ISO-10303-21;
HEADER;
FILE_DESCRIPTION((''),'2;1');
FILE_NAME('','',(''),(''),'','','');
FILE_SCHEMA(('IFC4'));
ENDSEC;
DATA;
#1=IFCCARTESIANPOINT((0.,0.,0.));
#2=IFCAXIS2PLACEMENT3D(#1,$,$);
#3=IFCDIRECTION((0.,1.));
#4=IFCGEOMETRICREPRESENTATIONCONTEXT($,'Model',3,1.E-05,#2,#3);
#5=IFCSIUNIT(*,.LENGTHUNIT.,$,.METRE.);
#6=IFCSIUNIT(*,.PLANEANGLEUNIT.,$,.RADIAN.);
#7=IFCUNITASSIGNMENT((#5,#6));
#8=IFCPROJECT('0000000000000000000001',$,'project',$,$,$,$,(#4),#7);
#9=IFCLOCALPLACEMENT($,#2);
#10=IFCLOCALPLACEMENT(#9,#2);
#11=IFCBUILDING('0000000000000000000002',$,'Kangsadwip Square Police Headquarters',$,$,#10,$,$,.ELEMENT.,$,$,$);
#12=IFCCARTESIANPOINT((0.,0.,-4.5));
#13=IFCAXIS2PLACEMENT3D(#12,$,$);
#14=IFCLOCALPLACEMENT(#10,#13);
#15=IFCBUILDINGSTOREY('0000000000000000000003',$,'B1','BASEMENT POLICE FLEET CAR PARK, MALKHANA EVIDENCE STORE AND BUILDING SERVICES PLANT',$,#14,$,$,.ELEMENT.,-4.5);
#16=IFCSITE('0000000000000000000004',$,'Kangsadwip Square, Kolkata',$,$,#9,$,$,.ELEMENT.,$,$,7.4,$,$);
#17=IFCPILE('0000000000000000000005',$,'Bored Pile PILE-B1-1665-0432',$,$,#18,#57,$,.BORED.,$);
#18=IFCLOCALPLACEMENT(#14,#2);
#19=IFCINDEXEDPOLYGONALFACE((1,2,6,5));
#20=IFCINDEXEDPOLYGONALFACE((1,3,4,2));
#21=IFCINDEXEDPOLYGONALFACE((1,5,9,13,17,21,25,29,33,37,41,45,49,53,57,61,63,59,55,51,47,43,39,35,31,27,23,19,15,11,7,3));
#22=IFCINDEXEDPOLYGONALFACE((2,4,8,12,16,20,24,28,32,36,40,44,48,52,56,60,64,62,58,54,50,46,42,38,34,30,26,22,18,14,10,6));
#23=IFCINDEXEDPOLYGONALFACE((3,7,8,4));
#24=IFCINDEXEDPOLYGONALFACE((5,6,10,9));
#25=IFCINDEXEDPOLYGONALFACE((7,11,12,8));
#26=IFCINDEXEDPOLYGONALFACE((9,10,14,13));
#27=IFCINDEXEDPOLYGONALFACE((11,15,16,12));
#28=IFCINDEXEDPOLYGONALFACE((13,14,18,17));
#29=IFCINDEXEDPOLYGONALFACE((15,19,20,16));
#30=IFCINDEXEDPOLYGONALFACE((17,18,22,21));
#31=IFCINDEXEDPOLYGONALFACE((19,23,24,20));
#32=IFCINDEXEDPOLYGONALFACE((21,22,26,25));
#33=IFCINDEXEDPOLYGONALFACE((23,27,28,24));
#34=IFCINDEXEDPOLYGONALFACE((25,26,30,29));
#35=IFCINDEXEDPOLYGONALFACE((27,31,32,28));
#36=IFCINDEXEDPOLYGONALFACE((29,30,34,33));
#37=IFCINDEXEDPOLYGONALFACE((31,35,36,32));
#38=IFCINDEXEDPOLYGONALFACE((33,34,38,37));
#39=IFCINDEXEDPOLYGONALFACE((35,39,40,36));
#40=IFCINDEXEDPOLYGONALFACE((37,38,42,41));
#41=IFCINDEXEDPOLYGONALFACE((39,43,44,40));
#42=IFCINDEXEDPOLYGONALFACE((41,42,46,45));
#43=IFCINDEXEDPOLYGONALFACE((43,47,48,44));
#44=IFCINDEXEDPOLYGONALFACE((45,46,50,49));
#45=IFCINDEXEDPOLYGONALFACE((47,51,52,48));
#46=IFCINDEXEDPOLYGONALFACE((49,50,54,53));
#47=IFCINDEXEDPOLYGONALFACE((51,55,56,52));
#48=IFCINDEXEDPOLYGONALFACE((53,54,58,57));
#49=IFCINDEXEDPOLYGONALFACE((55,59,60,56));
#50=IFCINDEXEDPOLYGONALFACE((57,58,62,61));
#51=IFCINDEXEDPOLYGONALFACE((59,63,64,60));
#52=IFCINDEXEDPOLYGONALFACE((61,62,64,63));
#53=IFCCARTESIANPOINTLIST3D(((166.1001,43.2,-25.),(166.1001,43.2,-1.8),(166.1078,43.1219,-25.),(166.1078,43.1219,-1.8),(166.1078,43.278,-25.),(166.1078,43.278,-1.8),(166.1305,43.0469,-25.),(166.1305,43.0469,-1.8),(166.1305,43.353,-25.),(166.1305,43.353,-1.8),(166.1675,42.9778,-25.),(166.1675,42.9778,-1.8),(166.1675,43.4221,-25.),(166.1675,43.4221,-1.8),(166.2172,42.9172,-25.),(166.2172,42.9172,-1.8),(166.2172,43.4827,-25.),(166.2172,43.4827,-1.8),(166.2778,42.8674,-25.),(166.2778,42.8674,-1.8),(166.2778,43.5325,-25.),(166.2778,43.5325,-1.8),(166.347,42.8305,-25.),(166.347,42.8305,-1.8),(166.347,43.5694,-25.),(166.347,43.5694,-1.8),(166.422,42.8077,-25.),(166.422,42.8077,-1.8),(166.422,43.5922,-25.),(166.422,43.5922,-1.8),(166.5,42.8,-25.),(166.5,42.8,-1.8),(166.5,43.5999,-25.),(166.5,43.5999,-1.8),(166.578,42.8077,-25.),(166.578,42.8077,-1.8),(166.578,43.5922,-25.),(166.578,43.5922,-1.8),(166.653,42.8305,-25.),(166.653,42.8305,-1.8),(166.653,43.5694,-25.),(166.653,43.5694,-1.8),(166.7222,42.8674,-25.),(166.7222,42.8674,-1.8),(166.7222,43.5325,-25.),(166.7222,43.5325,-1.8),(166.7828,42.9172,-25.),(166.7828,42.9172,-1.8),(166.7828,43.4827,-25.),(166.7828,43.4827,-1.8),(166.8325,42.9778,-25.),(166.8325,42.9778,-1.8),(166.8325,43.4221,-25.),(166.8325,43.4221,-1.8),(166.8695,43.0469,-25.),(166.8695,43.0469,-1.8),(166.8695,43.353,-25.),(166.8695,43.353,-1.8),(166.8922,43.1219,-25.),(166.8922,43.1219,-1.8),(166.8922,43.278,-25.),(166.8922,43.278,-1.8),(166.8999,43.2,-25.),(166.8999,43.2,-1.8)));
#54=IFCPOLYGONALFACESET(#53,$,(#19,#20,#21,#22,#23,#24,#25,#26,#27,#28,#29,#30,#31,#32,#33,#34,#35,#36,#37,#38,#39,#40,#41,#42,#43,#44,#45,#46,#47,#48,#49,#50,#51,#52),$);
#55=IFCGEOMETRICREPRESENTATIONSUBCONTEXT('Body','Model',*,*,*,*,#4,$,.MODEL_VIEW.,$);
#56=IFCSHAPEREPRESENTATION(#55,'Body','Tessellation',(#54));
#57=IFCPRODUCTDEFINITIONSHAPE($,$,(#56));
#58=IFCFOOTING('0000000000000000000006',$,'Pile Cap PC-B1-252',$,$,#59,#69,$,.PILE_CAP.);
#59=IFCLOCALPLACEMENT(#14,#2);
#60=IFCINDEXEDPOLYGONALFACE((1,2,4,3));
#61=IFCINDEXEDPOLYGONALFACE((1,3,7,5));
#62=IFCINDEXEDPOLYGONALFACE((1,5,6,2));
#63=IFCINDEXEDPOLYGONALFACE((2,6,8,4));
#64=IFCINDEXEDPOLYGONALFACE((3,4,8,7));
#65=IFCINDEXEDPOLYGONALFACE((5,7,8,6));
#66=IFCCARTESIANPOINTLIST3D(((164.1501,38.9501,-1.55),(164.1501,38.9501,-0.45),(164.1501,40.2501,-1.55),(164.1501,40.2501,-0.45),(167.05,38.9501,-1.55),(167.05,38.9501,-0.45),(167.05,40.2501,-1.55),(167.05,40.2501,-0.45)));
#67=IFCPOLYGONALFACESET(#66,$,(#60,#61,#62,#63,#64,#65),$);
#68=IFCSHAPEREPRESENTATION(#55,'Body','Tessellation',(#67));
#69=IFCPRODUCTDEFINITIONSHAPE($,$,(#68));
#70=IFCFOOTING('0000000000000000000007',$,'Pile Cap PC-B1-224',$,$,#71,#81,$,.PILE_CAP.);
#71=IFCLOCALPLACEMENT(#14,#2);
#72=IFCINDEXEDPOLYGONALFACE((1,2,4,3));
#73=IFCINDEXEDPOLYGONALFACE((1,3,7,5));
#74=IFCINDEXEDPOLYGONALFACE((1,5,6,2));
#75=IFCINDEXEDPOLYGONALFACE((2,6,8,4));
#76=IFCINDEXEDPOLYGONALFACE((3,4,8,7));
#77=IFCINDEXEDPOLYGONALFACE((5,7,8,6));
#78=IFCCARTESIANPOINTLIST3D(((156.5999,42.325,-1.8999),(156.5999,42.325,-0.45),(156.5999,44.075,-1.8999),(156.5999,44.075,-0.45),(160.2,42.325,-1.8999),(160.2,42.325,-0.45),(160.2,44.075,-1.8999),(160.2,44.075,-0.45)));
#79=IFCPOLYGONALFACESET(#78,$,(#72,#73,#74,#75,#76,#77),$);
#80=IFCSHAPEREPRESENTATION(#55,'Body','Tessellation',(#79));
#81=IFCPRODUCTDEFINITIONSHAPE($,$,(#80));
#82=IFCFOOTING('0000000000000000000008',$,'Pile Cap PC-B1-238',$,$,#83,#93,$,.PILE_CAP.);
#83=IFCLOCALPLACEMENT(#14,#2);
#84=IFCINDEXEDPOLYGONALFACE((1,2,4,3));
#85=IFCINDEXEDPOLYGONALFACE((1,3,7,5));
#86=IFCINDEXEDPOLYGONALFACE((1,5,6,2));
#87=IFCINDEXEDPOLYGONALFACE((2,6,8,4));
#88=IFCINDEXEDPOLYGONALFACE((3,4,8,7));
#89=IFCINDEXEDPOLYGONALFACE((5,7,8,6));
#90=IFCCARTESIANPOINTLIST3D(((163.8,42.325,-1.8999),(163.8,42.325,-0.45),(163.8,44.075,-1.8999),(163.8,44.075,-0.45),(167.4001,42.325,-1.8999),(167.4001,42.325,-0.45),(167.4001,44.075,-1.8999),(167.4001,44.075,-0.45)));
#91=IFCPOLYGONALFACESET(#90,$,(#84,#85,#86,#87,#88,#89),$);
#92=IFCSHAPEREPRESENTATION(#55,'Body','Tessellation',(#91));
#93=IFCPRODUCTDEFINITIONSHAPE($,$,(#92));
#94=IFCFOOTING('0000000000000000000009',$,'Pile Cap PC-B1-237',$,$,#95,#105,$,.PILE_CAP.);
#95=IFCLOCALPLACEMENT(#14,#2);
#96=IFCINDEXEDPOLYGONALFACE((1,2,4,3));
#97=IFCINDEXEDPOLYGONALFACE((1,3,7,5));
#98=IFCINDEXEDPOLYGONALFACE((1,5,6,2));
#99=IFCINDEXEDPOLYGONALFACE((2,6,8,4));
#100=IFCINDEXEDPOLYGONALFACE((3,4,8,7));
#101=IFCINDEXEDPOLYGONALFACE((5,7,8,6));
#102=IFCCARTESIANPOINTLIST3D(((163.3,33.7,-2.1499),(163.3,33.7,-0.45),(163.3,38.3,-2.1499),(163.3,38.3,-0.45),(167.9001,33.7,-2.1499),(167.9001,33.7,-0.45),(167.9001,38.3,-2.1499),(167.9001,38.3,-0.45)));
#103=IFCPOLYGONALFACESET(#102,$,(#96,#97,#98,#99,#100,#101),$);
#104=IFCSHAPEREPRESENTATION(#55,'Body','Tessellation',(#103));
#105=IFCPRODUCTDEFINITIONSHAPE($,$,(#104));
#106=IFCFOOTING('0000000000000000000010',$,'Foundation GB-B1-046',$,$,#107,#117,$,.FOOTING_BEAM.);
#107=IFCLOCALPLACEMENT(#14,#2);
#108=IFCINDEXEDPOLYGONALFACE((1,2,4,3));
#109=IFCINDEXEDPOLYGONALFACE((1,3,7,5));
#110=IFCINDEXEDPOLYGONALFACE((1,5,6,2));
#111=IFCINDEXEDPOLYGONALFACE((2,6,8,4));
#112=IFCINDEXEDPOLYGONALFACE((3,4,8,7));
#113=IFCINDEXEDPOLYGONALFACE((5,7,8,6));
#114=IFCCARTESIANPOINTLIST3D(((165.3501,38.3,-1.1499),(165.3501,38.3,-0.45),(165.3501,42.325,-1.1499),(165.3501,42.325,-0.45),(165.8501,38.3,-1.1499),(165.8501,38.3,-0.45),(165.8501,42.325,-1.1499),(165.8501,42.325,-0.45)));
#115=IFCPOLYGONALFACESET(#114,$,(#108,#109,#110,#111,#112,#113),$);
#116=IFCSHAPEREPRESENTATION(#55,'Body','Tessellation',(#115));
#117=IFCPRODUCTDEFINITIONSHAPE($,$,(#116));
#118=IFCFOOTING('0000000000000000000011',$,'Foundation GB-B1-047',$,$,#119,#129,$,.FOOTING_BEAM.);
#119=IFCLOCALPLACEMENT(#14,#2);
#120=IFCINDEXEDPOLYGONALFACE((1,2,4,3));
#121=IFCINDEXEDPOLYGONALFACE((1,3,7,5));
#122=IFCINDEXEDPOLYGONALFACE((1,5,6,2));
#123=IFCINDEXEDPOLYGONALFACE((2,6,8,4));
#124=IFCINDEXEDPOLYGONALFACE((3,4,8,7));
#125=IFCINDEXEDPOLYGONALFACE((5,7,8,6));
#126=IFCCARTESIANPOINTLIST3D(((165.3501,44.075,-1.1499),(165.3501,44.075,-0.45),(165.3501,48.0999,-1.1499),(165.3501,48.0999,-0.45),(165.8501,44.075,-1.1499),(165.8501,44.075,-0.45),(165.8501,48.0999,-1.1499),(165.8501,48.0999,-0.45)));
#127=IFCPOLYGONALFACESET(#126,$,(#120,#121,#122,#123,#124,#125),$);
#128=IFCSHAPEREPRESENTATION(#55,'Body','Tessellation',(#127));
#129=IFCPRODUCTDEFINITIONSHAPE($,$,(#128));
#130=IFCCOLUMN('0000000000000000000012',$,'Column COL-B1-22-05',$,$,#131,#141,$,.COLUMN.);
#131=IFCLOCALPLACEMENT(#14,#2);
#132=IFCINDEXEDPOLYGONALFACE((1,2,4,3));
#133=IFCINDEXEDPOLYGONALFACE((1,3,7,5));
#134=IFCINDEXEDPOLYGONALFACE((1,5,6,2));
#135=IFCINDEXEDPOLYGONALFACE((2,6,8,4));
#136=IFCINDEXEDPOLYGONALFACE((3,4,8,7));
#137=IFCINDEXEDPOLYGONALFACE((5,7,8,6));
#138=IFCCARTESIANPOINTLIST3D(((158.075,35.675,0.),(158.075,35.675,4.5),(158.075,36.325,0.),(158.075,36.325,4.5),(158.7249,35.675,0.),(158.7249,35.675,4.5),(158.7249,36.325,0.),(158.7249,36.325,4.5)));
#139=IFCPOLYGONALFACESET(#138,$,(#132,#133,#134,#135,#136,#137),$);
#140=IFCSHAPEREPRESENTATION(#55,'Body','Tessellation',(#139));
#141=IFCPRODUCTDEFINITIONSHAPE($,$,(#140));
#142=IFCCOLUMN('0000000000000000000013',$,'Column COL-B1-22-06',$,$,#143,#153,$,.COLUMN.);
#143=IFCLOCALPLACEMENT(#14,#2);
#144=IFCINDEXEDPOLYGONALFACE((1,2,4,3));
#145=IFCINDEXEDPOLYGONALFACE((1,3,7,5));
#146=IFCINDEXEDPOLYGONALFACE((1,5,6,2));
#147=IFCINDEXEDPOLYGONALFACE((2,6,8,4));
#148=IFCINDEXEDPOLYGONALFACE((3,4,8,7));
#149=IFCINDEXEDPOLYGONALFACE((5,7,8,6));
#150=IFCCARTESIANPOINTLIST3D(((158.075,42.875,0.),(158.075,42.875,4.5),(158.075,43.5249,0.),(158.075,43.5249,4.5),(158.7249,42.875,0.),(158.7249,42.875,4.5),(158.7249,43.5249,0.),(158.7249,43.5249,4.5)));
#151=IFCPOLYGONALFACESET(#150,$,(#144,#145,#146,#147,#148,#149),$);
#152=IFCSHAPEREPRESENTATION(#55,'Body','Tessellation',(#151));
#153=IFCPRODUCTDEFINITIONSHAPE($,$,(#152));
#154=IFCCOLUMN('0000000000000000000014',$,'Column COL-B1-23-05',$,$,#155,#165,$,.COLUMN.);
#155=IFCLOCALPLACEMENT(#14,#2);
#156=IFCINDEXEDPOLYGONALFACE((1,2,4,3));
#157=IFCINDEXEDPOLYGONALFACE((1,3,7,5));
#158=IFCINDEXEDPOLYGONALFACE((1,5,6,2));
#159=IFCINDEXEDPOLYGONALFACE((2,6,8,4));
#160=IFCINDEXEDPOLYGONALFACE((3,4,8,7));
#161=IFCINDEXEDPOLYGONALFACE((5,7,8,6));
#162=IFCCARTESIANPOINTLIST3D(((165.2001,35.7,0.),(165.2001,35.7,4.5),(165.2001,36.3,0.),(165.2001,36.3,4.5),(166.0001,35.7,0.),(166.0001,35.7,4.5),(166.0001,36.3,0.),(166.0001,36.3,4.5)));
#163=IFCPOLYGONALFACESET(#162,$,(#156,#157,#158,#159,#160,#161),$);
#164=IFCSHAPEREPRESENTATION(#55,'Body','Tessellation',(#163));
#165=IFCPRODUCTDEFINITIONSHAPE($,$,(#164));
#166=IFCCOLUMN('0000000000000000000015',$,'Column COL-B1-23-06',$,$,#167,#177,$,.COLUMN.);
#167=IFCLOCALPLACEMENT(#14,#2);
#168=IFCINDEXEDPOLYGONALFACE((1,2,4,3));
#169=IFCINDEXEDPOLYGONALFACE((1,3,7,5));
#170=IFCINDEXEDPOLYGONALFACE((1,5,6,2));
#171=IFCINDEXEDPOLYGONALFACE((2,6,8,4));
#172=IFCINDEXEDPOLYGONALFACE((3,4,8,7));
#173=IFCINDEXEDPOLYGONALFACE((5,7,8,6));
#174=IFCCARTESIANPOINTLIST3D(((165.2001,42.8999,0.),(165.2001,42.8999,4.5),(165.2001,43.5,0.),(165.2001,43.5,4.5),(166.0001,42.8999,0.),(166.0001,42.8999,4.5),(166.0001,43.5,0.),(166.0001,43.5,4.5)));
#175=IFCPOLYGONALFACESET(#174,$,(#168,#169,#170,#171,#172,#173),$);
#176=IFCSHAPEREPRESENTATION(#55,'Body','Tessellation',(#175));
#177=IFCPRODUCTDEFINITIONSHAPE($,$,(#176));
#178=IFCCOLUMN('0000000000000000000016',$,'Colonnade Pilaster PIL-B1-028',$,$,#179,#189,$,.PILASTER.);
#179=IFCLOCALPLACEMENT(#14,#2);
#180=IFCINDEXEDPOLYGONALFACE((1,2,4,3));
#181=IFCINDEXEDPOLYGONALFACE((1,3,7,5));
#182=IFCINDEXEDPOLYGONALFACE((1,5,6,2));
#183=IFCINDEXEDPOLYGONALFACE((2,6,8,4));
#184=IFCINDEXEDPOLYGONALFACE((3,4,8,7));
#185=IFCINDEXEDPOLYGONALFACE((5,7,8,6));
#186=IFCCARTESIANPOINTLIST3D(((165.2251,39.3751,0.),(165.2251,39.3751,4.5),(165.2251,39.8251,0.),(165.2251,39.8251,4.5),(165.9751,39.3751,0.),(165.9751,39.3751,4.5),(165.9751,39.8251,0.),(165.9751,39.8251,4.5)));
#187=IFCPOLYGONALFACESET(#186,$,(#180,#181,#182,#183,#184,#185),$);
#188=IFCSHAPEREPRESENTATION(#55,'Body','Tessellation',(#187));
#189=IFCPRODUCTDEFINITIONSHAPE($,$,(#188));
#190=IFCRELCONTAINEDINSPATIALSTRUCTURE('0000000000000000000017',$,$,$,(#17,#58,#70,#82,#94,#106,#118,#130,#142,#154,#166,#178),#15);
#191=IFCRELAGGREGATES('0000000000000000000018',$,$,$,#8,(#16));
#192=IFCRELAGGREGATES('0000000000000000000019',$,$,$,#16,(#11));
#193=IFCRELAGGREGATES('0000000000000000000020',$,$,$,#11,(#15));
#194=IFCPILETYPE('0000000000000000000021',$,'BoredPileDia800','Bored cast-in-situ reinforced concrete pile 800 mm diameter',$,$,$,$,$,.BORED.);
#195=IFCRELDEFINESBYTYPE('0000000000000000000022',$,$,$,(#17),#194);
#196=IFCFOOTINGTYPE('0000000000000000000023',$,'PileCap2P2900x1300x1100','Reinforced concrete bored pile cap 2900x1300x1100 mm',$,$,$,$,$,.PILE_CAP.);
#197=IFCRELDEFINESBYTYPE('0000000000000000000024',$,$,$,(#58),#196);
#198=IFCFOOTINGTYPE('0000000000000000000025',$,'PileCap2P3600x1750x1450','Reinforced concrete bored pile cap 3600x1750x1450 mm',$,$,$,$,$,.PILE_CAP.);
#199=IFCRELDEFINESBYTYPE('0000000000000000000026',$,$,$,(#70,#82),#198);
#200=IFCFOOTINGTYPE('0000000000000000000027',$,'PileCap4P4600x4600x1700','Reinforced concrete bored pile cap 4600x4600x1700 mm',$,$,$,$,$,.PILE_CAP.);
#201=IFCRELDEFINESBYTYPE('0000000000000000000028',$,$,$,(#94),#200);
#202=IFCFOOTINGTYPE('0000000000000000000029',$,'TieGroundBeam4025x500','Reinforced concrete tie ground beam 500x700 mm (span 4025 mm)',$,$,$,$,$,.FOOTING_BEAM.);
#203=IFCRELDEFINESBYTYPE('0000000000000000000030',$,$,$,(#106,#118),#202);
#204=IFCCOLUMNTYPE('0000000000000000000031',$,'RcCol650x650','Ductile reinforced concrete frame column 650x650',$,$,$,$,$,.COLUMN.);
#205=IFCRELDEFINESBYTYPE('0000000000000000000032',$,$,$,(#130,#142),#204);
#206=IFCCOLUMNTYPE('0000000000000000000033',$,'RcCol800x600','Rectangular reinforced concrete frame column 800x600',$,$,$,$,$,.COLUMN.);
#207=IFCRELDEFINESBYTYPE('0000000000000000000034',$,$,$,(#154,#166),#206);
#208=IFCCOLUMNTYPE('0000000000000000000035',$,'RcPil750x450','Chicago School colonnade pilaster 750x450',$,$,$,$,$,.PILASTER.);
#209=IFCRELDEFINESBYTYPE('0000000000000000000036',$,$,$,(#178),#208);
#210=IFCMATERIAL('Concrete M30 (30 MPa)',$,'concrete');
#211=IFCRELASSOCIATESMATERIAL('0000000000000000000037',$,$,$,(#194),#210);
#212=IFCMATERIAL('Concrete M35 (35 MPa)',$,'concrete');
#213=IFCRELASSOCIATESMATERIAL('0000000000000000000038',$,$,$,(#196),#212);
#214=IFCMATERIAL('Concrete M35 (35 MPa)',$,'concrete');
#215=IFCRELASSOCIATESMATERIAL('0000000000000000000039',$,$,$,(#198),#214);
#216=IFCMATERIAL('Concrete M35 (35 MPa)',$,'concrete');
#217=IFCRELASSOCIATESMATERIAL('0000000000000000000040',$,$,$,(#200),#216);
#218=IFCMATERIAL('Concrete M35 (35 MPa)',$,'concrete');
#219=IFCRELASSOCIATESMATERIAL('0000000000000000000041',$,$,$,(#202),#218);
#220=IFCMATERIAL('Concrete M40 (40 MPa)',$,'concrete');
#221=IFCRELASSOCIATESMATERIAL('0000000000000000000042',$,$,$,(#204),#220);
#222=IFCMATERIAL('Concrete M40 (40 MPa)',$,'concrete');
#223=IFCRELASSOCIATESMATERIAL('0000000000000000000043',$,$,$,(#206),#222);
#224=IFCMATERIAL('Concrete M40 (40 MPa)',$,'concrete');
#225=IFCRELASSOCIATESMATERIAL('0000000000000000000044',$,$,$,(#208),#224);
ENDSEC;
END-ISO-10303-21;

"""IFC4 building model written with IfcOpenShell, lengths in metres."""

from ifc_helpers import new_model, si_unit, direction, frame, origin, origin_2d, place, context, subcontext, project, spatial, rectangle, circle, extrude, material, material_profile, profile_set, type_object, element, save


model = new_model("IFC4")

# Units and contexts
model_context = context("Model", 3, precision=1e-05, world=origin(), true_north=direction((0.0, 1.0)))
body_context = subcontext(model_context, "Body", "Model", "MODEL_VIEW")
ifc_project = project(units=[si_unit("LENGTHUNIT", "METRE"), si_unit("PLANEANGLEUNIT", "RADIAN")], contexts=[model_context])

# Site, building, storey
site_placement = place(None, origin())
site = spatial("IfcSite", under=ifc_project, at=site_placement, Name="Kangsadwip Square, Kolkata", CompositionType="ELEMENT", RefElevation=7.4)
building_placement = place(site_placement, origin())
building = spatial("IfcBuilding", under=site, at=building_placement, Name="Kangsadwip Square Police Headquarters", CompositionType="ELEMENT")
storey_placement = place(building_placement, frame((0.0, 0.0, -4.5)))
storey = spatial("IfcBuildingStorey", under=building, at=storey_placement, Name="B1", Description="BASEMENT POLICE FLEET CAR PARK, MALKHANA EVIDENCE STORE AND BUILDING SERVICES PLANT", CompositionType="ELEMENT", Elevation=-4.5)

# Pile
ifc_material_1 = material(Name="Concrete M30 (30 MPa)", Category="concrete")
ifc_material_profile_1 = material_profile(ifc_material_1, circle(Radius=0.3999, at=origin_2d()), Name="PILE DIA 800")
ifc_profile_set_1 = profile_set([ifc_material_profile_1], Name="Concrete M30 (30 MPa)")
pile_type_1 = type_object("IfcPileType", Name="BoredPileDia800", Description="Bored cast-in-situ reinforced concrete pile 800 mm diameter", PredefinedType="BORED", material=ifc_profile_set_1)
for number, where, z_axis, x_axis, name in (
    (1, (166.5, 43.2, -1.8), (0.0, 0.0, -1.0), (1.0, 0.0, 0.0), "Bored Pile PILE-B1-1665-0432"),
):
    element("IfcPile", number, at=place(storey_placement, frame(where, z_axis=z_axis, x_axis=x_axis)), inside=storey, type_object=pile_type_1, Name=name, PredefinedType="BORED", context=body_context, shape_type="SweptSolid", body=[
        extrude(circle(Radius=0.3999, at=origin_2d()), origin(), (0.0, 0.0, 1.0), 23.2),
    ])

# Footings
ifc_material_2 = material(Name="Concrete M35 (35 MPa)", Category="concrete")
footing_type_1 = type_object("IfcFootingType", Name="PileCap2P2900x1300x1100", Description="Reinforced concrete bored pile cap 2900x1300x1100 mm", PredefinedType="PILE_CAP", material=ifc_material_2)
footing_1_placement = place(storey_placement, frame((165.6001, 39.6001, -1.55), z_axis=(0.0, 0.0, 1.0), x_axis=(1.0, 0.0, 0.0)))
element("IfcFooting", 2, at=footing_1_placement, inside=storey, type_object=footing_type_1, Name="Pile Cap PC-B1-252", PredefinedType="PILE_CAP", context=body_context, shape_type="SweptSolid", body=[
    extrude(rectangle(XDim=2.8999, YDim=1.3, at=origin_2d()), origin(), (0.0, 0.0, 1.0), 1.1001),
])
ifc_material_3 = material(Name="Concrete M35 (35 MPa)", Category="concrete")
footing_type_2 = type_object("IfcFootingType", Name="PileCap2P3600x1750x1450", Description="Reinforced concrete bored pile cap 3600x1750x1450 mm", PredefinedType="PILE_CAP", material=ifc_material_3)
for number, where, z_axis, x_axis, name in (
    (3, (158.3999, 43.2, -1.8999), (0.0, 0.0, 1.0), (1.0, 0.0, 0.0), "Pile Cap PC-B1-224"),
    (4, (165.6001, 43.2, -1.8999), (0.0, 0.0, 1.0), (1.0, 0.0, 0.0), "Pile Cap PC-B1-238"),
):
    element("IfcFooting", number, at=place(storey_placement, frame(where, z_axis=z_axis, x_axis=x_axis)), inside=storey, type_object=footing_type_2, Name=name, PredefinedType="PILE_CAP", context=body_context, shape_type="SweptSolid", body=[
        extrude(rectangle(XDim=3.6001, YDim=1.75, at=origin_2d()), origin(), (0.0, 0.0, 1.0), 1.45),
    ])
ifc_material_4 = material(Name="Concrete M35 (35 MPa)", Category="concrete")
footing_type_3 = type_object("IfcFootingType", Name="PileCap4P4600x4600x1700", Description="Reinforced concrete bored pile cap 4600x4600x1700 mm", PredefinedType="PILE_CAP", material=ifc_material_4)
footing_2_placement = place(storey_placement, frame((165.6001, 36.0, -2.1499), z_axis=(0.0, 0.0, 1.0), x_axis=(1.0, 0.0, 0.0)))
element("IfcFooting", 5, at=footing_2_placement, inside=storey, type_object=footing_type_3, Name="Pile Cap PC-B1-237", PredefinedType="PILE_CAP", context=body_context, shape_type="SweptSolid", body=[
    extrude(rectangle(XDim=4.6001, YDim=4.6001, at=origin_2d()), origin(), (0.0, 0.0, 1.0), 1.7),
])
ifc_material_5 = material(Name="Concrete M35 (35 MPa)", Category="concrete")
footing_type_4 = type_object("IfcFootingType", Name="TieGroundBeam4025x500", Description="Reinforced concrete tie ground beam 500x700 mm (span 4025 mm)", PredefinedType="FOOTING_BEAM", material=ifc_material_5)
for number, where, z_axis, x_axis, name in (
    (6, (165.6001, 40.3125, -1.1499), (0.0, 0.0, 1.0), (0.0, 1.0, 0.0), "Foundation GB-B1-046"),
    (7, (165.6001, 46.0874, -1.1499), (0.0, 0.0, 1.0), (0.0, 1.0, 0.0), "Foundation GB-B1-047"),
):
    element("IfcFooting", number, at=place(storey_placement, frame(where, z_axis=z_axis, x_axis=x_axis)), inside=storey, type_object=footing_type_4, Name=name, PredefinedType="FOOTING_BEAM", context=body_context, shape_type="SweptSolid", body=[
        extrude(rectangle(XDim=4.0249, YDim=0.5, at=origin_2d()), origin(), (0.0, 0.0, 1.0), 0.7),
    ])

# Columns
ifc_material_6 = material(Name="Concrete M40 (40 MPa)", Category="concrete")
ifc_material_profile_2 = material_profile(ifc_material_6, rectangle(XDim=0.6499, YDim=0.6499, at=origin_2d()), Name="RC COL 650X650")
ifc_profile_set_2 = profile_set([ifc_material_profile_2], Name="Concrete M40 (40 MPa)")
column_type_1 = type_object("IfcColumnType", Name="RcCol650x650", Description="Ductile reinforced concrete frame column 650x650", PredefinedType="COLUMN", material=ifc_profile_set_2)
for number, where, z_axis, x_axis, name in (
    (8, (158.3999, 36.0, 0.0), (0.0, 0.0, 1.0), (1.0, 0.0, 0.0), "Column COL-B1-22-05"),
    (9, (158.3999, 43.2, 0.0), (0.0, 0.0, 1.0), (1.0, 0.0, 0.0), "Column COL-B1-22-06"),
):
    element("IfcColumn", number, at=place(storey_placement, frame(where, z_axis=z_axis, x_axis=x_axis)), inside=storey, type_object=column_type_1, Name=name, PredefinedType="COLUMN", context=body_context, shape_type="SweptSolid", body=[
        extrude(rectangle(XDim=0.6499, YDim=0.6499, at=origin_2d()), origin(), (0.0, 0.0, 1.0), 4.5),
    ])
ifc_material_7 = material(Name="Concrete M40 (40 MPa)", Category="concrete")
ifc_material_profile_3 = material_profile(ifc_material_7, rectangle(XDim=0.6001, YDim=0.8, at=origin_2d()), Name="RC COL 800X600")
ifc_profile_set_3 = profile_set([ifc_material_profile_3], Name="Concrete M40 (40 MPa)")
column_type_2 = type_object("IfcColumnType", Name="RcCol800x600", Description="Rectangular reinforced concrete frame column 800x600", PredefinedType="COLUMN", material=ifc_profile_set_3)
for number, where, z_axis, x_axis, name in (
    (10, (165.6001, 36.0, 0.0), (0.0, 0.0, 1.0), (0.0, 1.0, 0.0), "Column COL-B1-23-05"),
    (11, (165.6001, 43.2, 0.0), (0.0, 0.0, 1.0), (0.0, 1.0, 0.0), "Column COL-B1-23-06"),
):
    element("IfcColumn", number, at=place(storey_placement, frame(where, z_axis=z_axis, x_axis=x_axis)), inside=storey, type_object=column_type_2, Name=name, PredefinedType="COLUMN", context=body_context, shape_type="SweptSolid", body=[
        extrude(rectangle(XDim=0.6001, YDim=0.8, at=origin_2d()), origin(), (0.0, 0.0, 1.0), 4.5),
    ])
ifc_material_8 = material(Name="Concrete M40 (40 MPa)", Category="concrete")
ifc_material_profile_4 = material_profile(ifc_material_8, rectangle(XDim=0.45, YDim=0.75, at=origin_2d()), Name="RC PIL 750X450")
ifc_profile_set_4 = profile_set([ifc_material_profile_4], Name="Concrete M40 (40 MPa)")
column_type_3 = type_object("IfcColumnType", Name="RcPil750x450", Description="Chicago School colonnade pilaster 750x450", PredefinedType="PILASTER", material=ifc_profile_set_4)
column_placement = place(storey_placement, frame((165.6001, 39.6001, 0.0), z_axis=(0.0, 0.0, 1.0), x_axis=(0.0, 1.0, 0.0)))
element("IfcColumn", 12, at=column_placement, inside=storey, type_object=column_type_3, Name="Colonnade Pilaster PIL-B1-028", PredefinedType="PILASTER", context=body_context, shape_type="SweptSolid", body=[
    extrude(rectangle(XDim=0.45, YDim=0.75, at=origin_2d()), origin(), (0.0, 0.0, 1.0), 4.5),
])

save(model, "model.ifc")
